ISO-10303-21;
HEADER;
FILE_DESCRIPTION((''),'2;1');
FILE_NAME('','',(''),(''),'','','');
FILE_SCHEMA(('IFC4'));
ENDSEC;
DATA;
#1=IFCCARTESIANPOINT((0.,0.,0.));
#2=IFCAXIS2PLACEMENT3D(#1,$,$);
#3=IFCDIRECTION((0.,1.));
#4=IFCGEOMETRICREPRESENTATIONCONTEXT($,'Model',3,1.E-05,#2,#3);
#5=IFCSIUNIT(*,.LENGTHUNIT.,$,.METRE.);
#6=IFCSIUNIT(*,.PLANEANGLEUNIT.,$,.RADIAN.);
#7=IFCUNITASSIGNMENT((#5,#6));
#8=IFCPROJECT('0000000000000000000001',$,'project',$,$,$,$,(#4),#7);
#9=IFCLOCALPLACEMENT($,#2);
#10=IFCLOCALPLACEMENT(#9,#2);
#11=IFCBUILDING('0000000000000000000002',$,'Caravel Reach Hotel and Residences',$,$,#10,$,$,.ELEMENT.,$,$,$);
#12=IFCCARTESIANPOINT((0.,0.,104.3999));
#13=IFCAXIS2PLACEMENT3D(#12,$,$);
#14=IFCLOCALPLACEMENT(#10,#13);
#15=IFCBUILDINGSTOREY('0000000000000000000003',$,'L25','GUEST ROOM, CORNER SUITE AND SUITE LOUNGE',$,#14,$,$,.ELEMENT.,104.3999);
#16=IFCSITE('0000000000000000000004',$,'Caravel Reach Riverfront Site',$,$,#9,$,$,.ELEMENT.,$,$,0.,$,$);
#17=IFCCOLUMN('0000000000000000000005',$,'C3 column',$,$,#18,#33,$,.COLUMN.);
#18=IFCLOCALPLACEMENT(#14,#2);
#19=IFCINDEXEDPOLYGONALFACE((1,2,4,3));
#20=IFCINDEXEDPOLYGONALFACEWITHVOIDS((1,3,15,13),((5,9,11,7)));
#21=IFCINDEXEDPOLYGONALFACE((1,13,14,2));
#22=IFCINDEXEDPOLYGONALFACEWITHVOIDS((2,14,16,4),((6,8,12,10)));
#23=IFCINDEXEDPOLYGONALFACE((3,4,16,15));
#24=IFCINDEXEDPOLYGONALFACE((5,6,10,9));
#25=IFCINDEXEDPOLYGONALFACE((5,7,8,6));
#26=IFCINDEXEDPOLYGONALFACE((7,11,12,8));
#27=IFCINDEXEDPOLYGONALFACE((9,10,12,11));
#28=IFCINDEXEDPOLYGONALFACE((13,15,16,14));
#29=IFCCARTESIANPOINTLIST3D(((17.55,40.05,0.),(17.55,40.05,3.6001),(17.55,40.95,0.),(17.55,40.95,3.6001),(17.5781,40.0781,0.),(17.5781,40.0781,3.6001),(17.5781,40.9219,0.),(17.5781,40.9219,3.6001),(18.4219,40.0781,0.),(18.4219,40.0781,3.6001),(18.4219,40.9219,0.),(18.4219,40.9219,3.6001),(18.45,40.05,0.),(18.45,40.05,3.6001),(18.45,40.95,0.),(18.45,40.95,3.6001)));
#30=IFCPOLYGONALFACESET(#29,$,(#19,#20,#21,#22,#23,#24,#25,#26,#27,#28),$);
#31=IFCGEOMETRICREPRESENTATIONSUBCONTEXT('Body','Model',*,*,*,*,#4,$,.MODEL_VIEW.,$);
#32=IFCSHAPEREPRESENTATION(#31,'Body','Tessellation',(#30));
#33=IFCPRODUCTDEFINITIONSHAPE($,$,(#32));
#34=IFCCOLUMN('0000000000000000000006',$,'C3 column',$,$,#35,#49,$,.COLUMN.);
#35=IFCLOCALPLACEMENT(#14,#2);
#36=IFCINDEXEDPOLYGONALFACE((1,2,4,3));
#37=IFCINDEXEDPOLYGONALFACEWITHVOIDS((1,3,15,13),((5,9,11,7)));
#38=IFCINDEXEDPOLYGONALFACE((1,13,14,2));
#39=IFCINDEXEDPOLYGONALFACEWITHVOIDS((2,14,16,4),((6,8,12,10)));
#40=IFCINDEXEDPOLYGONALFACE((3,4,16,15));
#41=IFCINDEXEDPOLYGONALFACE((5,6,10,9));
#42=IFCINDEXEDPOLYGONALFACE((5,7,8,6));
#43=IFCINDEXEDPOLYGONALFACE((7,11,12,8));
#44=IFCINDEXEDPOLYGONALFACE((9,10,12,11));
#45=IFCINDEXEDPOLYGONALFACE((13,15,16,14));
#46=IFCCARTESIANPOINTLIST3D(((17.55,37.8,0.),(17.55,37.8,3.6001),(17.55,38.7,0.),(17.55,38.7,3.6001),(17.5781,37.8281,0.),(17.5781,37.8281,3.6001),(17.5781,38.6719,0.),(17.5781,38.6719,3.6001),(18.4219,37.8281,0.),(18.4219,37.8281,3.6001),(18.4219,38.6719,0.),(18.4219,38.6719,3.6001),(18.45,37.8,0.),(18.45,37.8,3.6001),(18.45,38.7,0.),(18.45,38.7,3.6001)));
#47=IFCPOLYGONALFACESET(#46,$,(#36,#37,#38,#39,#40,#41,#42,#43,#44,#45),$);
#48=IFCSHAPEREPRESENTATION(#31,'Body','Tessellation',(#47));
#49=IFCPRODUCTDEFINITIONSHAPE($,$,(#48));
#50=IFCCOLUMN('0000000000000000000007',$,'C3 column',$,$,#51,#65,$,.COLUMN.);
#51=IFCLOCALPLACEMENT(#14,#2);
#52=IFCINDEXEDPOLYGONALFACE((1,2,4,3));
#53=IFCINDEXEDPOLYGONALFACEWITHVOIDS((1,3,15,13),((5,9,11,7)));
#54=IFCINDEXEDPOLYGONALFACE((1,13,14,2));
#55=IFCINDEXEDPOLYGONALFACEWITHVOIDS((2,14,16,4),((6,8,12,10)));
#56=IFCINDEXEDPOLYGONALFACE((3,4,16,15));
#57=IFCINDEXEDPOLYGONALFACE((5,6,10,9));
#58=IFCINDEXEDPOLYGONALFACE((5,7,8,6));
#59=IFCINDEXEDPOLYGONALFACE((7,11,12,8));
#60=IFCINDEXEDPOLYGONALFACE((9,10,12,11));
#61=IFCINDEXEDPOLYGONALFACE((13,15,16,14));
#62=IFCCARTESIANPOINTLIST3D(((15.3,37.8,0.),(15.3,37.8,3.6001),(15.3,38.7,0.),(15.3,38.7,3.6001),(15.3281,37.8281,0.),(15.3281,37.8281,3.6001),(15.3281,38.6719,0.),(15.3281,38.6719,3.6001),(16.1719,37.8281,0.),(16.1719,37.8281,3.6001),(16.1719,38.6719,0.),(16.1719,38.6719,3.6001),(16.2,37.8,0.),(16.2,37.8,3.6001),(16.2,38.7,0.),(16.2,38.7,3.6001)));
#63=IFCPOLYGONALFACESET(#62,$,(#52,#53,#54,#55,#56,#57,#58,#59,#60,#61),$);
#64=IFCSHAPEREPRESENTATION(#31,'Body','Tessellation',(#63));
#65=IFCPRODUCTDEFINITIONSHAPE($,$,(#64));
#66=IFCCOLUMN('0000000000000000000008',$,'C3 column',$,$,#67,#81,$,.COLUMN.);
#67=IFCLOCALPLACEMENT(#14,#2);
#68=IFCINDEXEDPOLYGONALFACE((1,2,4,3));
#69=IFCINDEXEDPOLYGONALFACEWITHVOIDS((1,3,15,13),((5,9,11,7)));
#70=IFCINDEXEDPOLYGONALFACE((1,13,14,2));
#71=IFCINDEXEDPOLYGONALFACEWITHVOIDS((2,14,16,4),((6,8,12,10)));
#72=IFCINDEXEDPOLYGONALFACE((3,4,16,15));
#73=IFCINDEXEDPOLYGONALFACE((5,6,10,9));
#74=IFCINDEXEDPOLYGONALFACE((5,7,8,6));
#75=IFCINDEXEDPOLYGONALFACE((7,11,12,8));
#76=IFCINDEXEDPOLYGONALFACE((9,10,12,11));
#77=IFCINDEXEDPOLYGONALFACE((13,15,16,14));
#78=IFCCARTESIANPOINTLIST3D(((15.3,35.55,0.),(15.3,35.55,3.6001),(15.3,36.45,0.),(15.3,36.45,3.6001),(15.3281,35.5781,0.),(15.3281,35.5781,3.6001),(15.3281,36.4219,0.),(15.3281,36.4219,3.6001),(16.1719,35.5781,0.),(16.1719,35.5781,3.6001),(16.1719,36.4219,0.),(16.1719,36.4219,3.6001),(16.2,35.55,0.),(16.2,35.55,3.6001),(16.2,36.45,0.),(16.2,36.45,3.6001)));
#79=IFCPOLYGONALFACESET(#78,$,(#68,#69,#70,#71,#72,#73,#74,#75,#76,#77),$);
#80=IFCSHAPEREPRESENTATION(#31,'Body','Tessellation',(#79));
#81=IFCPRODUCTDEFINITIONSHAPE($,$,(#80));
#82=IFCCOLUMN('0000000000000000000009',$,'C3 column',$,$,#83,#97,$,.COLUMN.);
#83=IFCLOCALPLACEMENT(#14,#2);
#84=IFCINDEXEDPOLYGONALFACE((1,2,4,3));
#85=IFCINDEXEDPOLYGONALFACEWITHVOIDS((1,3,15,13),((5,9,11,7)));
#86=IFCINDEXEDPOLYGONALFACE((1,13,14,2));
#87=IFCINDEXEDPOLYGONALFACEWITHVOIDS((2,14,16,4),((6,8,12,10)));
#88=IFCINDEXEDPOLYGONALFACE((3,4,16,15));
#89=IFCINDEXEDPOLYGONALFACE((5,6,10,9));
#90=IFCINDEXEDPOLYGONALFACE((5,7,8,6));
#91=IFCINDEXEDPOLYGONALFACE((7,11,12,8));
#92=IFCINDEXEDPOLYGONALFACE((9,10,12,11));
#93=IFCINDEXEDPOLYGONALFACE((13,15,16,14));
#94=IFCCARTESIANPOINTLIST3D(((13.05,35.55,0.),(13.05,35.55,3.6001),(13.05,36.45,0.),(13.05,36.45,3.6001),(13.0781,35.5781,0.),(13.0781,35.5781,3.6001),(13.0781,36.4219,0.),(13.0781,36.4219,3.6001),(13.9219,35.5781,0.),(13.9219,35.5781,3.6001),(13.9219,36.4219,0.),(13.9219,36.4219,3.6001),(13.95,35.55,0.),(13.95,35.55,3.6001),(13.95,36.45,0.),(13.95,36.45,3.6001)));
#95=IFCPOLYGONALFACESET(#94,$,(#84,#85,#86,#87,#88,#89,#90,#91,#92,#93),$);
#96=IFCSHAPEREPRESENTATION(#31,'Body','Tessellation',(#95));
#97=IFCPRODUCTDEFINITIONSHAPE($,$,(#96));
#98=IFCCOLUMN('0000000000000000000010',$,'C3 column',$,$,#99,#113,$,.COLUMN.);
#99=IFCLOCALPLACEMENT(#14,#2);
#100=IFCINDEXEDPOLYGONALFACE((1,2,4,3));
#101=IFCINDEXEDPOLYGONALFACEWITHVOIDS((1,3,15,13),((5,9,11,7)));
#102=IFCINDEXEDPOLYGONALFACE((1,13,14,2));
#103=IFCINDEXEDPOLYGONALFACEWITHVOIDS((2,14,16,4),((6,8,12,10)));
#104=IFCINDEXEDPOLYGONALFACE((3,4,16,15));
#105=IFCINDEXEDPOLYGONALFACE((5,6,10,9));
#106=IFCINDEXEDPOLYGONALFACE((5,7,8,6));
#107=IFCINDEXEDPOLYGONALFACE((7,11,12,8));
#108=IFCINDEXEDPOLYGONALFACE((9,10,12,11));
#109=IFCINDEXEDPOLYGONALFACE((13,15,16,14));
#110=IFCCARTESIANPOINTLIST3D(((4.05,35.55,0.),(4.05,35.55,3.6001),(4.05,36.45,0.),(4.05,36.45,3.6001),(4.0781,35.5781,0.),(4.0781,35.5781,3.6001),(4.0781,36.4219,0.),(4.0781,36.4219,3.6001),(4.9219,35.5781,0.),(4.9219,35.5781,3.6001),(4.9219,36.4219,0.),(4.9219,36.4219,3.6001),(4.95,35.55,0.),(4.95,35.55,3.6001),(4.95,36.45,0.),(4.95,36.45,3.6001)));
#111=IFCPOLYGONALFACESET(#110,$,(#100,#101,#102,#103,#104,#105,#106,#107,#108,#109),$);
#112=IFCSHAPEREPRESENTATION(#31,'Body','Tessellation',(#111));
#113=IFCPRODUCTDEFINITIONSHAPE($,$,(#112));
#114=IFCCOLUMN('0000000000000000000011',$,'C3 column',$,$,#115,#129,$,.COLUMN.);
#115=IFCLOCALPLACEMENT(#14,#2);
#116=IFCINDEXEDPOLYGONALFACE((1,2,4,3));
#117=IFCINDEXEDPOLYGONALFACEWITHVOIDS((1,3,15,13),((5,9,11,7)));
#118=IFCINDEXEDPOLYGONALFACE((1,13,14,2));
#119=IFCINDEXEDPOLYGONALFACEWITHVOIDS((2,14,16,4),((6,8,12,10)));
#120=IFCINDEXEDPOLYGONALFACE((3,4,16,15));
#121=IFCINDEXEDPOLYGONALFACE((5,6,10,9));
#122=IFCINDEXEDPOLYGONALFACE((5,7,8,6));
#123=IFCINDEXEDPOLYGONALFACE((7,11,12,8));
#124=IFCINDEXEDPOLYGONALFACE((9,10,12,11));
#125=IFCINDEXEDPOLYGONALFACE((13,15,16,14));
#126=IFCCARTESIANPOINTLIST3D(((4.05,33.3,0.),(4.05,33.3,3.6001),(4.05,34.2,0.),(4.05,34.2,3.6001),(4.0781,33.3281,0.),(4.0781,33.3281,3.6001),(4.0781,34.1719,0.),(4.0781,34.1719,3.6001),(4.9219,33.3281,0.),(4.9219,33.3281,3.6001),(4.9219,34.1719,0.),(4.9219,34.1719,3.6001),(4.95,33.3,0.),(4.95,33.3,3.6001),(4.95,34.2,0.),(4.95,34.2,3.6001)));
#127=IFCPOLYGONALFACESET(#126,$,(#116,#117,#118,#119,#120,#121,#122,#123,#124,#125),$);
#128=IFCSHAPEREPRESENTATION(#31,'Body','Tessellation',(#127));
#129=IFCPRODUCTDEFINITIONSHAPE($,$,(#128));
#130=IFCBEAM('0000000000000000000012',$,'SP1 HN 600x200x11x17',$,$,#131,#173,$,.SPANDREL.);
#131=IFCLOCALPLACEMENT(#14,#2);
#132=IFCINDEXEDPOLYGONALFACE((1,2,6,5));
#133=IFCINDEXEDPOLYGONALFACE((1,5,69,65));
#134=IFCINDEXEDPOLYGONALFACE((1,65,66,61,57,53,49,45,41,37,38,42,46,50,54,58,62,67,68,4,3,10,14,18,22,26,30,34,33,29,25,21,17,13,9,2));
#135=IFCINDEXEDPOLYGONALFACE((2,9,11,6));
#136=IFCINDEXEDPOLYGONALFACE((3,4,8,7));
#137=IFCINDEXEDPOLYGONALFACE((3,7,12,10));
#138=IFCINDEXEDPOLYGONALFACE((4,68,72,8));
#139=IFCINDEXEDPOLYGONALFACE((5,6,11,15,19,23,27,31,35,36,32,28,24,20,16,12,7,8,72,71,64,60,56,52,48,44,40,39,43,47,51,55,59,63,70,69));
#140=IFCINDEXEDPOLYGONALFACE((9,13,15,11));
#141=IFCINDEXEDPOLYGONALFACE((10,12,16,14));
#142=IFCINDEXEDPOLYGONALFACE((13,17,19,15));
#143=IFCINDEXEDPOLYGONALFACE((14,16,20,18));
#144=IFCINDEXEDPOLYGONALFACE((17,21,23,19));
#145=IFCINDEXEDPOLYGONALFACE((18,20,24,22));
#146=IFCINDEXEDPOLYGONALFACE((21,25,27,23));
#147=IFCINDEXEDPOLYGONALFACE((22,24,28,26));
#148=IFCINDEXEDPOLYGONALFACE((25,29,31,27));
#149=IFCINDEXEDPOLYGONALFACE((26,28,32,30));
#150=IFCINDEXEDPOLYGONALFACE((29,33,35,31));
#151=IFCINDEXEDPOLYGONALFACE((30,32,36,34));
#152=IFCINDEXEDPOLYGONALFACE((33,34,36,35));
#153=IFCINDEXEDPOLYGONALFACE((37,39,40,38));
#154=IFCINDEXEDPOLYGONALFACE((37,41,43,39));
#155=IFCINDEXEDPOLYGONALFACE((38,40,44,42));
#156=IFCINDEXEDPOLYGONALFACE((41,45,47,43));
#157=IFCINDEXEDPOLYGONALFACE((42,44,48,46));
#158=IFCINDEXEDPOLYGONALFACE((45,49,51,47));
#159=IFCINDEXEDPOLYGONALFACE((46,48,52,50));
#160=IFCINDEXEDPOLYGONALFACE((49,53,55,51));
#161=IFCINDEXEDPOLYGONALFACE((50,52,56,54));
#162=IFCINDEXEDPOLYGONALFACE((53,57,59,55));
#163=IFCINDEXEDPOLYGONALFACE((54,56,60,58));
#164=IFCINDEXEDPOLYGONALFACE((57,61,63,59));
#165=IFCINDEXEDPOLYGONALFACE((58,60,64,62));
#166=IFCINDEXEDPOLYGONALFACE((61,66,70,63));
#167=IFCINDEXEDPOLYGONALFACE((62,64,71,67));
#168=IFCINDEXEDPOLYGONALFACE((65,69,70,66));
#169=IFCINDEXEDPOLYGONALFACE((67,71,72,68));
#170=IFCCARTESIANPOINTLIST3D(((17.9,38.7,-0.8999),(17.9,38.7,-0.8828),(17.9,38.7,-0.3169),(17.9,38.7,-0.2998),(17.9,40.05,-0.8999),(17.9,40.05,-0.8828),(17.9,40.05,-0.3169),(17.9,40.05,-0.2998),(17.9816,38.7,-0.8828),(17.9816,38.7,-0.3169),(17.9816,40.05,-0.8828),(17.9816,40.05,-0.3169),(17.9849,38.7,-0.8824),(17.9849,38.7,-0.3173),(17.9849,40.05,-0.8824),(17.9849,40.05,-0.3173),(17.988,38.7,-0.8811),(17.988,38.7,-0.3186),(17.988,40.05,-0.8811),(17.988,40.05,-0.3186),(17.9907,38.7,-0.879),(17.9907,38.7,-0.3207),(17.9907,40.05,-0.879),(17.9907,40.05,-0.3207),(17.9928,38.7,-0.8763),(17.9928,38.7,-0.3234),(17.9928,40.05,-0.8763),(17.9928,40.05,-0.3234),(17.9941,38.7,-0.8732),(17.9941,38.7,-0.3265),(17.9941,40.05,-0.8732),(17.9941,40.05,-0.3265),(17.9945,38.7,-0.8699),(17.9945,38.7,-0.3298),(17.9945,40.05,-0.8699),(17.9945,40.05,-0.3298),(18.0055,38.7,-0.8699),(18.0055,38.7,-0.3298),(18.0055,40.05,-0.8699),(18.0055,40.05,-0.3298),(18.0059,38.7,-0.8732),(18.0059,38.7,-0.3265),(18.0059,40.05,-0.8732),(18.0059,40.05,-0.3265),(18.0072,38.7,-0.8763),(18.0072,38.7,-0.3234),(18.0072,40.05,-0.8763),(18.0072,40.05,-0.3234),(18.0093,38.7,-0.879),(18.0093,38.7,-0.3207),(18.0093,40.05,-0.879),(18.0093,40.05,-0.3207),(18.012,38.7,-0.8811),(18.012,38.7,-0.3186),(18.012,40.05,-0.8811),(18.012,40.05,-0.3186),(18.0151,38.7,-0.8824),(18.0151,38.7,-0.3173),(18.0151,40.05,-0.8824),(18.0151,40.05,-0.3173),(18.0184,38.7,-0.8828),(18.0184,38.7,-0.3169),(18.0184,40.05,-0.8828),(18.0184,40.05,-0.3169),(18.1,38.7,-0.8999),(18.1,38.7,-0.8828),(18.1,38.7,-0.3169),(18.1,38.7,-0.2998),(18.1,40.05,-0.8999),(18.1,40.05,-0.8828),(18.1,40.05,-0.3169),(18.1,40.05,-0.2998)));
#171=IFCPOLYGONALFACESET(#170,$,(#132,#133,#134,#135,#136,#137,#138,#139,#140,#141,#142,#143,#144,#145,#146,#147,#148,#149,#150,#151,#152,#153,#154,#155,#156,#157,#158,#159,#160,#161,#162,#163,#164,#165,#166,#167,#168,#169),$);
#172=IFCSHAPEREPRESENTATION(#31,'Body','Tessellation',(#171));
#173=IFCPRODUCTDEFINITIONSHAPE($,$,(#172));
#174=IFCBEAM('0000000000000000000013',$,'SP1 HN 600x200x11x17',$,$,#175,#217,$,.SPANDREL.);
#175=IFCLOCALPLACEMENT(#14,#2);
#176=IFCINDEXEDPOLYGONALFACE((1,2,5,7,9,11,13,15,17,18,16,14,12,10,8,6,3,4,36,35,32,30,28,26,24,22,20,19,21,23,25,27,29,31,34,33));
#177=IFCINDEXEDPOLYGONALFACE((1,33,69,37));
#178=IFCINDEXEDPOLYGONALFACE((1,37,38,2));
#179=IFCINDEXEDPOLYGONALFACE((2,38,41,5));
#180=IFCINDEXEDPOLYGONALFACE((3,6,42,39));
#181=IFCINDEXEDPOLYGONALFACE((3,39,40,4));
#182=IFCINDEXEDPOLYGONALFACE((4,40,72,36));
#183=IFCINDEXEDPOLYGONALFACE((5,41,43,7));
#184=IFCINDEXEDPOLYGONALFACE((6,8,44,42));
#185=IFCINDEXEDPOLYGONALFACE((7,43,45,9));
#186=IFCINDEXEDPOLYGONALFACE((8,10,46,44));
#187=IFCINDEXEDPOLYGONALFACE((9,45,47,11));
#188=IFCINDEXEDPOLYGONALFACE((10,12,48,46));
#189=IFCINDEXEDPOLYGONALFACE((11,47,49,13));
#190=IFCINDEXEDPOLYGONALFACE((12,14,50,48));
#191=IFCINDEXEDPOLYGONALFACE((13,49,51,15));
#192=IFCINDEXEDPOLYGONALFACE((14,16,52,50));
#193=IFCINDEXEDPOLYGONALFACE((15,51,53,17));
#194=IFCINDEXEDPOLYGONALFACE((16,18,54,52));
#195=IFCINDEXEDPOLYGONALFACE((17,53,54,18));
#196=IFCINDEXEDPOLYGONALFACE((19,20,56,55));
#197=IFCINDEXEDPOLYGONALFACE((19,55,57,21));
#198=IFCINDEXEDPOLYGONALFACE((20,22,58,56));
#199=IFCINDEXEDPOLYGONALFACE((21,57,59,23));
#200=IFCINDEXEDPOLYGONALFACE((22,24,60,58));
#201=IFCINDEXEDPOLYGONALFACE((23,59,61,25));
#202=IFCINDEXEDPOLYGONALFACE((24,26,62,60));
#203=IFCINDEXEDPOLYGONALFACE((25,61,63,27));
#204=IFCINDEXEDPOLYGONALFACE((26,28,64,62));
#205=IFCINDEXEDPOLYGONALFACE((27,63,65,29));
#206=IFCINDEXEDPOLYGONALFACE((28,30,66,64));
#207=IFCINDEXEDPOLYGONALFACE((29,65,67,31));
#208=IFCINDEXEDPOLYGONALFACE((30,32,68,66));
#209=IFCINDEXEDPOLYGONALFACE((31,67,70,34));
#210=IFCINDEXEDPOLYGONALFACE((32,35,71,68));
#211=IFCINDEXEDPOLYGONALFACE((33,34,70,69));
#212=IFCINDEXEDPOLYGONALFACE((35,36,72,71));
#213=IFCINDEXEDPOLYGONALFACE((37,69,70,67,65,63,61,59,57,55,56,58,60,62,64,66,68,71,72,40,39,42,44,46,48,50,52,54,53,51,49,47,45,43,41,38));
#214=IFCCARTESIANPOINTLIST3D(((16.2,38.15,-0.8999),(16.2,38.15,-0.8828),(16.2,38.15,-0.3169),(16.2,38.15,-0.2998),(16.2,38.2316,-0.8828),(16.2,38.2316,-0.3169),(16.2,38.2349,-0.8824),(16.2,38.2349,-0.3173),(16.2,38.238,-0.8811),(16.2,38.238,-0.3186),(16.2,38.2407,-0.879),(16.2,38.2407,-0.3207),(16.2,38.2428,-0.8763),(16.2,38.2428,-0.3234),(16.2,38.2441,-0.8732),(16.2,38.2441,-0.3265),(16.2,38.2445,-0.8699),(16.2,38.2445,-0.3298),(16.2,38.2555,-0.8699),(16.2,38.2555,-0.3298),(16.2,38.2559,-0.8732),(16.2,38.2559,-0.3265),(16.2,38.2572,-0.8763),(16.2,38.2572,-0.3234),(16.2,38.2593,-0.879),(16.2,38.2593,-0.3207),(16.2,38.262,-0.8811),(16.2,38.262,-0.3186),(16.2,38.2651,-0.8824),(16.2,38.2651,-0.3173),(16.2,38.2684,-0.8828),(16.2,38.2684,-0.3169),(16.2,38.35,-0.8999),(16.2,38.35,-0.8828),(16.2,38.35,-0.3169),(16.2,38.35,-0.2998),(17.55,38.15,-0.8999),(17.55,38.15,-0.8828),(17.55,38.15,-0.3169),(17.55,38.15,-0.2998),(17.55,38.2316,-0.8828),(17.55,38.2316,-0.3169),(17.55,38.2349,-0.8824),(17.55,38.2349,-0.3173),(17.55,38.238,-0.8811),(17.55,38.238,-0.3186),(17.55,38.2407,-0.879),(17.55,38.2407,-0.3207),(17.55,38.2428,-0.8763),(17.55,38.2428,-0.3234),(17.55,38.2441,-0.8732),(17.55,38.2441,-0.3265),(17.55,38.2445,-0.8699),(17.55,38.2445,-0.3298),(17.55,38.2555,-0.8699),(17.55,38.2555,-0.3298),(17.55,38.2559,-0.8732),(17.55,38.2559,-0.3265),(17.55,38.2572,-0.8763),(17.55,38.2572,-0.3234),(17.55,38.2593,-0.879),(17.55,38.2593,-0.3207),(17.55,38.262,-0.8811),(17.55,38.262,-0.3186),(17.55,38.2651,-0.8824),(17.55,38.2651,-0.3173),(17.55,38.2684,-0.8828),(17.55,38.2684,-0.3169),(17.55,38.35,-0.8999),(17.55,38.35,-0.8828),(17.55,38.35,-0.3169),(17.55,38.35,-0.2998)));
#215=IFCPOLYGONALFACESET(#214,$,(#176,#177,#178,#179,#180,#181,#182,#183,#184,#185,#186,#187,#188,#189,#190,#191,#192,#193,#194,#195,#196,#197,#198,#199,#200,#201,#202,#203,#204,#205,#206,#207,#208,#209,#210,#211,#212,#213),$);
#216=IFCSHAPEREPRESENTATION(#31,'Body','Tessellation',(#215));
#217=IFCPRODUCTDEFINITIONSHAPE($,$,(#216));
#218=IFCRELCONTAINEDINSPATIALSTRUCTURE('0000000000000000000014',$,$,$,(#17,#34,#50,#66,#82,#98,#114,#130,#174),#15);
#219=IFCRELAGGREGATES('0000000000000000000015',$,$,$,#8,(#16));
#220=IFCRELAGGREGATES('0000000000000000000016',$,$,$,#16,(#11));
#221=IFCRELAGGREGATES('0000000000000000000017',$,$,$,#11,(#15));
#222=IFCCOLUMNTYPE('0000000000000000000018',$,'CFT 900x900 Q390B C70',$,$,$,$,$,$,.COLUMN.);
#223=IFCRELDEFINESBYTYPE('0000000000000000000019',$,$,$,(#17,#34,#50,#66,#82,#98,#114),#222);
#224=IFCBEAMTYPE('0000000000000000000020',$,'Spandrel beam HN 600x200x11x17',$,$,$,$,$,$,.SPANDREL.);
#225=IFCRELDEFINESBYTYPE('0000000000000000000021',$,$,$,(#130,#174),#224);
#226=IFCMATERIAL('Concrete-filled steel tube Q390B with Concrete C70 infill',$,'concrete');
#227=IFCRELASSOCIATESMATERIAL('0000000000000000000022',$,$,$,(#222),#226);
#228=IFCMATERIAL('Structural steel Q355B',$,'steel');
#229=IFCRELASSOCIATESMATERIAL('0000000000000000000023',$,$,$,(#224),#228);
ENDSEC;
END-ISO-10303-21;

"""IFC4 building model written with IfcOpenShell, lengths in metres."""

from ifc_helpers import new_model, si_unit, direction, frame, origin, origin_2d, place, context, subcontext, project, spatial, hollow_rectangle, i_section, extrude, material, material_profile, profile_set, type_object, element, save


model = new_model("IFC4")

# Units and contexts
model_context = context("Model", 3, precision=1e-05, world=origin(), true_north=direction((0.0, 1.0)))
body_context = subcontext(model_context, "Body", "Model", "MODEL_VIEW")
ifc_project = project(units=[si_unit("LENGTHUNIT", "METRE"), si_unit("PLANEANGLEUNIT", "RADIAN")], contexts=[model_context])

# Site, building, storey
site_placement = place(None, origin())
site = spatial("IfcSite", under=ifc_project, at=site_placement, Name="Caravel Reach Riverfront Site", CompositionType="ELEMENT", RefElevation=0.0)
building_placement = place(site_placement, origin())
building = spatial("IfcBuilding", under=site, at=building_placement, Name="Caravel Reach Hotel and Residences", CompositionType="ELEMENT")
storey_placement = place(building_placement, frame((0.0, 0.0, 104.3999)))
storey = spatial("IfcBuildingStorey", under=building, at=storey_placement, Name="L25", Description="GUEST ROOM, CORNER SUITE AND SUITE LOUNGE", CompositionType="ELEMENT", Elevation=104.3999)

# Columns
ifc_material_1 = material(Name="Concrete-filled steel tube Q390B with Concrete C70 infill", Category="concrete")
ifc_material_profile_1 = material_profile(ifc_material_1, hollow_rectangle(XDim=0.8999, YDim=0.8999, WallThickness=0.0281, at=origin_2d()), Name="RHS 900x900x28")
ifc_profile_set_1 = profile_set([ifc_material_profile_1], Name="Concrete-filled steel tube Q390B with Concrete C70 infill")
column_type = type_object("IfcColumnType", Name="CFT 900x900 Q390B C70", PredefinedType="COLUMN", material=ifc_profile_set_1)
for number, where, z_axis, x_axis, name in (
    (1, (18.0, 40.5, 0.0), (0.0, 0.0, 1.0), (1.0, 0.0, 0.0), "C3 column"),
    (2, (18.0, 38.25, 0.0), (0.0, 0.0, 1.0), (1.0, 0.0, 0.0), "C3 column"),
    (3, (15.75, 38.25, 0.0), (0.0, 0.0, 1.0), (1.0, 0.0, 0.0), "C3 column"),
    (4, (15.75, 36.0, 0.0), (0.0, 0.0, 1.0), (1.0, 0.0, 0.0), "C3 column"),
    (5, (13.5, 36.0, 0.0), (0.0, 0.0, 1.0), (1.0, 0.0, 0.0), "C3 column"),
    (6, (4.5, 36.0, 0.0), (0.0, 0.0, 1.0), (1.0, 0.0, 0.0), "C3 column"),
    (7, (4.5, 33.75, 0.0), (0.0, 0.0, 1.0), (1.0, 0.0, 0.0), "C3 column"),
):
    element("IfcColumn", number, at=place(storey_placement, frame(where, z_axis=z_axis, x_axis=x_axis)), inside=storey, type_object=column_type, Name=name, PredefinedType="COLUMN", context=body_context, shape_type="SweptSolid", body=[
        extrude(hollow_rectangle(XDim=0.8999, YDim=0.8999, WallThickness=0.0281, at=origin_2d()), origin(), (0.0, 0.0, 1.0), 3.6001),
    ])

# Beams
ifc_material_2 = material(Name="Structural steel Q355B", Category="steel")
ifc_material_profile_2 = material_profile(ifc_material_2, i_section(OverallWidth=0.2, OverallDepth=0.6001, WebThickness=0.011, FlangeThickness=0.0171, FilletRadius=0.0129, at=origin_2d()), Name="HN 600x200x11x17")
ifc_profile_set_2 = profile_set([ifc_material_profile_2], Name="Structural steel Q355B")
beam_type = type_object("IfcBeamType", Name="Spandrel beam HN 600x200x11x17", PredefinedType="SPANDREL", material=ifc_profile_set_2)
for number, where, z_axis, x_axis, name in (
    (8, (18.0, 40.05, -0.5999), (0.0, -1.0, 0.0), (1.0, 0.0, 0.0), "SP1 HN 600x200x11x17"),
    (9, (17.55, 38.25, -0.5999), (-1.0, 0.0, 0.0), (0.0, -1.0, 0.0), "SP1 HN 600x200x11x17"),
):
    element("IfcBeam", number, at=place(storey_placement, frame(where, z_axis=z_axis, x_axis=x_axis)), inside=storey, type_object=beam_type, Name=name, PredefinedType="SPANDREL", context=body_context, shape_type="SweptSolid", body=[
        extrude(i_section(OverallWidth=0.2, OverallDepth=0.6001, WebThickness=0.011, FlangeThickness=0.0171, FilletRadius=0.0129, at=origin_2d()), origin(), (0.0, 0.0, 1.0), 1.3501),
    ])

save(model, "model.ifc")
